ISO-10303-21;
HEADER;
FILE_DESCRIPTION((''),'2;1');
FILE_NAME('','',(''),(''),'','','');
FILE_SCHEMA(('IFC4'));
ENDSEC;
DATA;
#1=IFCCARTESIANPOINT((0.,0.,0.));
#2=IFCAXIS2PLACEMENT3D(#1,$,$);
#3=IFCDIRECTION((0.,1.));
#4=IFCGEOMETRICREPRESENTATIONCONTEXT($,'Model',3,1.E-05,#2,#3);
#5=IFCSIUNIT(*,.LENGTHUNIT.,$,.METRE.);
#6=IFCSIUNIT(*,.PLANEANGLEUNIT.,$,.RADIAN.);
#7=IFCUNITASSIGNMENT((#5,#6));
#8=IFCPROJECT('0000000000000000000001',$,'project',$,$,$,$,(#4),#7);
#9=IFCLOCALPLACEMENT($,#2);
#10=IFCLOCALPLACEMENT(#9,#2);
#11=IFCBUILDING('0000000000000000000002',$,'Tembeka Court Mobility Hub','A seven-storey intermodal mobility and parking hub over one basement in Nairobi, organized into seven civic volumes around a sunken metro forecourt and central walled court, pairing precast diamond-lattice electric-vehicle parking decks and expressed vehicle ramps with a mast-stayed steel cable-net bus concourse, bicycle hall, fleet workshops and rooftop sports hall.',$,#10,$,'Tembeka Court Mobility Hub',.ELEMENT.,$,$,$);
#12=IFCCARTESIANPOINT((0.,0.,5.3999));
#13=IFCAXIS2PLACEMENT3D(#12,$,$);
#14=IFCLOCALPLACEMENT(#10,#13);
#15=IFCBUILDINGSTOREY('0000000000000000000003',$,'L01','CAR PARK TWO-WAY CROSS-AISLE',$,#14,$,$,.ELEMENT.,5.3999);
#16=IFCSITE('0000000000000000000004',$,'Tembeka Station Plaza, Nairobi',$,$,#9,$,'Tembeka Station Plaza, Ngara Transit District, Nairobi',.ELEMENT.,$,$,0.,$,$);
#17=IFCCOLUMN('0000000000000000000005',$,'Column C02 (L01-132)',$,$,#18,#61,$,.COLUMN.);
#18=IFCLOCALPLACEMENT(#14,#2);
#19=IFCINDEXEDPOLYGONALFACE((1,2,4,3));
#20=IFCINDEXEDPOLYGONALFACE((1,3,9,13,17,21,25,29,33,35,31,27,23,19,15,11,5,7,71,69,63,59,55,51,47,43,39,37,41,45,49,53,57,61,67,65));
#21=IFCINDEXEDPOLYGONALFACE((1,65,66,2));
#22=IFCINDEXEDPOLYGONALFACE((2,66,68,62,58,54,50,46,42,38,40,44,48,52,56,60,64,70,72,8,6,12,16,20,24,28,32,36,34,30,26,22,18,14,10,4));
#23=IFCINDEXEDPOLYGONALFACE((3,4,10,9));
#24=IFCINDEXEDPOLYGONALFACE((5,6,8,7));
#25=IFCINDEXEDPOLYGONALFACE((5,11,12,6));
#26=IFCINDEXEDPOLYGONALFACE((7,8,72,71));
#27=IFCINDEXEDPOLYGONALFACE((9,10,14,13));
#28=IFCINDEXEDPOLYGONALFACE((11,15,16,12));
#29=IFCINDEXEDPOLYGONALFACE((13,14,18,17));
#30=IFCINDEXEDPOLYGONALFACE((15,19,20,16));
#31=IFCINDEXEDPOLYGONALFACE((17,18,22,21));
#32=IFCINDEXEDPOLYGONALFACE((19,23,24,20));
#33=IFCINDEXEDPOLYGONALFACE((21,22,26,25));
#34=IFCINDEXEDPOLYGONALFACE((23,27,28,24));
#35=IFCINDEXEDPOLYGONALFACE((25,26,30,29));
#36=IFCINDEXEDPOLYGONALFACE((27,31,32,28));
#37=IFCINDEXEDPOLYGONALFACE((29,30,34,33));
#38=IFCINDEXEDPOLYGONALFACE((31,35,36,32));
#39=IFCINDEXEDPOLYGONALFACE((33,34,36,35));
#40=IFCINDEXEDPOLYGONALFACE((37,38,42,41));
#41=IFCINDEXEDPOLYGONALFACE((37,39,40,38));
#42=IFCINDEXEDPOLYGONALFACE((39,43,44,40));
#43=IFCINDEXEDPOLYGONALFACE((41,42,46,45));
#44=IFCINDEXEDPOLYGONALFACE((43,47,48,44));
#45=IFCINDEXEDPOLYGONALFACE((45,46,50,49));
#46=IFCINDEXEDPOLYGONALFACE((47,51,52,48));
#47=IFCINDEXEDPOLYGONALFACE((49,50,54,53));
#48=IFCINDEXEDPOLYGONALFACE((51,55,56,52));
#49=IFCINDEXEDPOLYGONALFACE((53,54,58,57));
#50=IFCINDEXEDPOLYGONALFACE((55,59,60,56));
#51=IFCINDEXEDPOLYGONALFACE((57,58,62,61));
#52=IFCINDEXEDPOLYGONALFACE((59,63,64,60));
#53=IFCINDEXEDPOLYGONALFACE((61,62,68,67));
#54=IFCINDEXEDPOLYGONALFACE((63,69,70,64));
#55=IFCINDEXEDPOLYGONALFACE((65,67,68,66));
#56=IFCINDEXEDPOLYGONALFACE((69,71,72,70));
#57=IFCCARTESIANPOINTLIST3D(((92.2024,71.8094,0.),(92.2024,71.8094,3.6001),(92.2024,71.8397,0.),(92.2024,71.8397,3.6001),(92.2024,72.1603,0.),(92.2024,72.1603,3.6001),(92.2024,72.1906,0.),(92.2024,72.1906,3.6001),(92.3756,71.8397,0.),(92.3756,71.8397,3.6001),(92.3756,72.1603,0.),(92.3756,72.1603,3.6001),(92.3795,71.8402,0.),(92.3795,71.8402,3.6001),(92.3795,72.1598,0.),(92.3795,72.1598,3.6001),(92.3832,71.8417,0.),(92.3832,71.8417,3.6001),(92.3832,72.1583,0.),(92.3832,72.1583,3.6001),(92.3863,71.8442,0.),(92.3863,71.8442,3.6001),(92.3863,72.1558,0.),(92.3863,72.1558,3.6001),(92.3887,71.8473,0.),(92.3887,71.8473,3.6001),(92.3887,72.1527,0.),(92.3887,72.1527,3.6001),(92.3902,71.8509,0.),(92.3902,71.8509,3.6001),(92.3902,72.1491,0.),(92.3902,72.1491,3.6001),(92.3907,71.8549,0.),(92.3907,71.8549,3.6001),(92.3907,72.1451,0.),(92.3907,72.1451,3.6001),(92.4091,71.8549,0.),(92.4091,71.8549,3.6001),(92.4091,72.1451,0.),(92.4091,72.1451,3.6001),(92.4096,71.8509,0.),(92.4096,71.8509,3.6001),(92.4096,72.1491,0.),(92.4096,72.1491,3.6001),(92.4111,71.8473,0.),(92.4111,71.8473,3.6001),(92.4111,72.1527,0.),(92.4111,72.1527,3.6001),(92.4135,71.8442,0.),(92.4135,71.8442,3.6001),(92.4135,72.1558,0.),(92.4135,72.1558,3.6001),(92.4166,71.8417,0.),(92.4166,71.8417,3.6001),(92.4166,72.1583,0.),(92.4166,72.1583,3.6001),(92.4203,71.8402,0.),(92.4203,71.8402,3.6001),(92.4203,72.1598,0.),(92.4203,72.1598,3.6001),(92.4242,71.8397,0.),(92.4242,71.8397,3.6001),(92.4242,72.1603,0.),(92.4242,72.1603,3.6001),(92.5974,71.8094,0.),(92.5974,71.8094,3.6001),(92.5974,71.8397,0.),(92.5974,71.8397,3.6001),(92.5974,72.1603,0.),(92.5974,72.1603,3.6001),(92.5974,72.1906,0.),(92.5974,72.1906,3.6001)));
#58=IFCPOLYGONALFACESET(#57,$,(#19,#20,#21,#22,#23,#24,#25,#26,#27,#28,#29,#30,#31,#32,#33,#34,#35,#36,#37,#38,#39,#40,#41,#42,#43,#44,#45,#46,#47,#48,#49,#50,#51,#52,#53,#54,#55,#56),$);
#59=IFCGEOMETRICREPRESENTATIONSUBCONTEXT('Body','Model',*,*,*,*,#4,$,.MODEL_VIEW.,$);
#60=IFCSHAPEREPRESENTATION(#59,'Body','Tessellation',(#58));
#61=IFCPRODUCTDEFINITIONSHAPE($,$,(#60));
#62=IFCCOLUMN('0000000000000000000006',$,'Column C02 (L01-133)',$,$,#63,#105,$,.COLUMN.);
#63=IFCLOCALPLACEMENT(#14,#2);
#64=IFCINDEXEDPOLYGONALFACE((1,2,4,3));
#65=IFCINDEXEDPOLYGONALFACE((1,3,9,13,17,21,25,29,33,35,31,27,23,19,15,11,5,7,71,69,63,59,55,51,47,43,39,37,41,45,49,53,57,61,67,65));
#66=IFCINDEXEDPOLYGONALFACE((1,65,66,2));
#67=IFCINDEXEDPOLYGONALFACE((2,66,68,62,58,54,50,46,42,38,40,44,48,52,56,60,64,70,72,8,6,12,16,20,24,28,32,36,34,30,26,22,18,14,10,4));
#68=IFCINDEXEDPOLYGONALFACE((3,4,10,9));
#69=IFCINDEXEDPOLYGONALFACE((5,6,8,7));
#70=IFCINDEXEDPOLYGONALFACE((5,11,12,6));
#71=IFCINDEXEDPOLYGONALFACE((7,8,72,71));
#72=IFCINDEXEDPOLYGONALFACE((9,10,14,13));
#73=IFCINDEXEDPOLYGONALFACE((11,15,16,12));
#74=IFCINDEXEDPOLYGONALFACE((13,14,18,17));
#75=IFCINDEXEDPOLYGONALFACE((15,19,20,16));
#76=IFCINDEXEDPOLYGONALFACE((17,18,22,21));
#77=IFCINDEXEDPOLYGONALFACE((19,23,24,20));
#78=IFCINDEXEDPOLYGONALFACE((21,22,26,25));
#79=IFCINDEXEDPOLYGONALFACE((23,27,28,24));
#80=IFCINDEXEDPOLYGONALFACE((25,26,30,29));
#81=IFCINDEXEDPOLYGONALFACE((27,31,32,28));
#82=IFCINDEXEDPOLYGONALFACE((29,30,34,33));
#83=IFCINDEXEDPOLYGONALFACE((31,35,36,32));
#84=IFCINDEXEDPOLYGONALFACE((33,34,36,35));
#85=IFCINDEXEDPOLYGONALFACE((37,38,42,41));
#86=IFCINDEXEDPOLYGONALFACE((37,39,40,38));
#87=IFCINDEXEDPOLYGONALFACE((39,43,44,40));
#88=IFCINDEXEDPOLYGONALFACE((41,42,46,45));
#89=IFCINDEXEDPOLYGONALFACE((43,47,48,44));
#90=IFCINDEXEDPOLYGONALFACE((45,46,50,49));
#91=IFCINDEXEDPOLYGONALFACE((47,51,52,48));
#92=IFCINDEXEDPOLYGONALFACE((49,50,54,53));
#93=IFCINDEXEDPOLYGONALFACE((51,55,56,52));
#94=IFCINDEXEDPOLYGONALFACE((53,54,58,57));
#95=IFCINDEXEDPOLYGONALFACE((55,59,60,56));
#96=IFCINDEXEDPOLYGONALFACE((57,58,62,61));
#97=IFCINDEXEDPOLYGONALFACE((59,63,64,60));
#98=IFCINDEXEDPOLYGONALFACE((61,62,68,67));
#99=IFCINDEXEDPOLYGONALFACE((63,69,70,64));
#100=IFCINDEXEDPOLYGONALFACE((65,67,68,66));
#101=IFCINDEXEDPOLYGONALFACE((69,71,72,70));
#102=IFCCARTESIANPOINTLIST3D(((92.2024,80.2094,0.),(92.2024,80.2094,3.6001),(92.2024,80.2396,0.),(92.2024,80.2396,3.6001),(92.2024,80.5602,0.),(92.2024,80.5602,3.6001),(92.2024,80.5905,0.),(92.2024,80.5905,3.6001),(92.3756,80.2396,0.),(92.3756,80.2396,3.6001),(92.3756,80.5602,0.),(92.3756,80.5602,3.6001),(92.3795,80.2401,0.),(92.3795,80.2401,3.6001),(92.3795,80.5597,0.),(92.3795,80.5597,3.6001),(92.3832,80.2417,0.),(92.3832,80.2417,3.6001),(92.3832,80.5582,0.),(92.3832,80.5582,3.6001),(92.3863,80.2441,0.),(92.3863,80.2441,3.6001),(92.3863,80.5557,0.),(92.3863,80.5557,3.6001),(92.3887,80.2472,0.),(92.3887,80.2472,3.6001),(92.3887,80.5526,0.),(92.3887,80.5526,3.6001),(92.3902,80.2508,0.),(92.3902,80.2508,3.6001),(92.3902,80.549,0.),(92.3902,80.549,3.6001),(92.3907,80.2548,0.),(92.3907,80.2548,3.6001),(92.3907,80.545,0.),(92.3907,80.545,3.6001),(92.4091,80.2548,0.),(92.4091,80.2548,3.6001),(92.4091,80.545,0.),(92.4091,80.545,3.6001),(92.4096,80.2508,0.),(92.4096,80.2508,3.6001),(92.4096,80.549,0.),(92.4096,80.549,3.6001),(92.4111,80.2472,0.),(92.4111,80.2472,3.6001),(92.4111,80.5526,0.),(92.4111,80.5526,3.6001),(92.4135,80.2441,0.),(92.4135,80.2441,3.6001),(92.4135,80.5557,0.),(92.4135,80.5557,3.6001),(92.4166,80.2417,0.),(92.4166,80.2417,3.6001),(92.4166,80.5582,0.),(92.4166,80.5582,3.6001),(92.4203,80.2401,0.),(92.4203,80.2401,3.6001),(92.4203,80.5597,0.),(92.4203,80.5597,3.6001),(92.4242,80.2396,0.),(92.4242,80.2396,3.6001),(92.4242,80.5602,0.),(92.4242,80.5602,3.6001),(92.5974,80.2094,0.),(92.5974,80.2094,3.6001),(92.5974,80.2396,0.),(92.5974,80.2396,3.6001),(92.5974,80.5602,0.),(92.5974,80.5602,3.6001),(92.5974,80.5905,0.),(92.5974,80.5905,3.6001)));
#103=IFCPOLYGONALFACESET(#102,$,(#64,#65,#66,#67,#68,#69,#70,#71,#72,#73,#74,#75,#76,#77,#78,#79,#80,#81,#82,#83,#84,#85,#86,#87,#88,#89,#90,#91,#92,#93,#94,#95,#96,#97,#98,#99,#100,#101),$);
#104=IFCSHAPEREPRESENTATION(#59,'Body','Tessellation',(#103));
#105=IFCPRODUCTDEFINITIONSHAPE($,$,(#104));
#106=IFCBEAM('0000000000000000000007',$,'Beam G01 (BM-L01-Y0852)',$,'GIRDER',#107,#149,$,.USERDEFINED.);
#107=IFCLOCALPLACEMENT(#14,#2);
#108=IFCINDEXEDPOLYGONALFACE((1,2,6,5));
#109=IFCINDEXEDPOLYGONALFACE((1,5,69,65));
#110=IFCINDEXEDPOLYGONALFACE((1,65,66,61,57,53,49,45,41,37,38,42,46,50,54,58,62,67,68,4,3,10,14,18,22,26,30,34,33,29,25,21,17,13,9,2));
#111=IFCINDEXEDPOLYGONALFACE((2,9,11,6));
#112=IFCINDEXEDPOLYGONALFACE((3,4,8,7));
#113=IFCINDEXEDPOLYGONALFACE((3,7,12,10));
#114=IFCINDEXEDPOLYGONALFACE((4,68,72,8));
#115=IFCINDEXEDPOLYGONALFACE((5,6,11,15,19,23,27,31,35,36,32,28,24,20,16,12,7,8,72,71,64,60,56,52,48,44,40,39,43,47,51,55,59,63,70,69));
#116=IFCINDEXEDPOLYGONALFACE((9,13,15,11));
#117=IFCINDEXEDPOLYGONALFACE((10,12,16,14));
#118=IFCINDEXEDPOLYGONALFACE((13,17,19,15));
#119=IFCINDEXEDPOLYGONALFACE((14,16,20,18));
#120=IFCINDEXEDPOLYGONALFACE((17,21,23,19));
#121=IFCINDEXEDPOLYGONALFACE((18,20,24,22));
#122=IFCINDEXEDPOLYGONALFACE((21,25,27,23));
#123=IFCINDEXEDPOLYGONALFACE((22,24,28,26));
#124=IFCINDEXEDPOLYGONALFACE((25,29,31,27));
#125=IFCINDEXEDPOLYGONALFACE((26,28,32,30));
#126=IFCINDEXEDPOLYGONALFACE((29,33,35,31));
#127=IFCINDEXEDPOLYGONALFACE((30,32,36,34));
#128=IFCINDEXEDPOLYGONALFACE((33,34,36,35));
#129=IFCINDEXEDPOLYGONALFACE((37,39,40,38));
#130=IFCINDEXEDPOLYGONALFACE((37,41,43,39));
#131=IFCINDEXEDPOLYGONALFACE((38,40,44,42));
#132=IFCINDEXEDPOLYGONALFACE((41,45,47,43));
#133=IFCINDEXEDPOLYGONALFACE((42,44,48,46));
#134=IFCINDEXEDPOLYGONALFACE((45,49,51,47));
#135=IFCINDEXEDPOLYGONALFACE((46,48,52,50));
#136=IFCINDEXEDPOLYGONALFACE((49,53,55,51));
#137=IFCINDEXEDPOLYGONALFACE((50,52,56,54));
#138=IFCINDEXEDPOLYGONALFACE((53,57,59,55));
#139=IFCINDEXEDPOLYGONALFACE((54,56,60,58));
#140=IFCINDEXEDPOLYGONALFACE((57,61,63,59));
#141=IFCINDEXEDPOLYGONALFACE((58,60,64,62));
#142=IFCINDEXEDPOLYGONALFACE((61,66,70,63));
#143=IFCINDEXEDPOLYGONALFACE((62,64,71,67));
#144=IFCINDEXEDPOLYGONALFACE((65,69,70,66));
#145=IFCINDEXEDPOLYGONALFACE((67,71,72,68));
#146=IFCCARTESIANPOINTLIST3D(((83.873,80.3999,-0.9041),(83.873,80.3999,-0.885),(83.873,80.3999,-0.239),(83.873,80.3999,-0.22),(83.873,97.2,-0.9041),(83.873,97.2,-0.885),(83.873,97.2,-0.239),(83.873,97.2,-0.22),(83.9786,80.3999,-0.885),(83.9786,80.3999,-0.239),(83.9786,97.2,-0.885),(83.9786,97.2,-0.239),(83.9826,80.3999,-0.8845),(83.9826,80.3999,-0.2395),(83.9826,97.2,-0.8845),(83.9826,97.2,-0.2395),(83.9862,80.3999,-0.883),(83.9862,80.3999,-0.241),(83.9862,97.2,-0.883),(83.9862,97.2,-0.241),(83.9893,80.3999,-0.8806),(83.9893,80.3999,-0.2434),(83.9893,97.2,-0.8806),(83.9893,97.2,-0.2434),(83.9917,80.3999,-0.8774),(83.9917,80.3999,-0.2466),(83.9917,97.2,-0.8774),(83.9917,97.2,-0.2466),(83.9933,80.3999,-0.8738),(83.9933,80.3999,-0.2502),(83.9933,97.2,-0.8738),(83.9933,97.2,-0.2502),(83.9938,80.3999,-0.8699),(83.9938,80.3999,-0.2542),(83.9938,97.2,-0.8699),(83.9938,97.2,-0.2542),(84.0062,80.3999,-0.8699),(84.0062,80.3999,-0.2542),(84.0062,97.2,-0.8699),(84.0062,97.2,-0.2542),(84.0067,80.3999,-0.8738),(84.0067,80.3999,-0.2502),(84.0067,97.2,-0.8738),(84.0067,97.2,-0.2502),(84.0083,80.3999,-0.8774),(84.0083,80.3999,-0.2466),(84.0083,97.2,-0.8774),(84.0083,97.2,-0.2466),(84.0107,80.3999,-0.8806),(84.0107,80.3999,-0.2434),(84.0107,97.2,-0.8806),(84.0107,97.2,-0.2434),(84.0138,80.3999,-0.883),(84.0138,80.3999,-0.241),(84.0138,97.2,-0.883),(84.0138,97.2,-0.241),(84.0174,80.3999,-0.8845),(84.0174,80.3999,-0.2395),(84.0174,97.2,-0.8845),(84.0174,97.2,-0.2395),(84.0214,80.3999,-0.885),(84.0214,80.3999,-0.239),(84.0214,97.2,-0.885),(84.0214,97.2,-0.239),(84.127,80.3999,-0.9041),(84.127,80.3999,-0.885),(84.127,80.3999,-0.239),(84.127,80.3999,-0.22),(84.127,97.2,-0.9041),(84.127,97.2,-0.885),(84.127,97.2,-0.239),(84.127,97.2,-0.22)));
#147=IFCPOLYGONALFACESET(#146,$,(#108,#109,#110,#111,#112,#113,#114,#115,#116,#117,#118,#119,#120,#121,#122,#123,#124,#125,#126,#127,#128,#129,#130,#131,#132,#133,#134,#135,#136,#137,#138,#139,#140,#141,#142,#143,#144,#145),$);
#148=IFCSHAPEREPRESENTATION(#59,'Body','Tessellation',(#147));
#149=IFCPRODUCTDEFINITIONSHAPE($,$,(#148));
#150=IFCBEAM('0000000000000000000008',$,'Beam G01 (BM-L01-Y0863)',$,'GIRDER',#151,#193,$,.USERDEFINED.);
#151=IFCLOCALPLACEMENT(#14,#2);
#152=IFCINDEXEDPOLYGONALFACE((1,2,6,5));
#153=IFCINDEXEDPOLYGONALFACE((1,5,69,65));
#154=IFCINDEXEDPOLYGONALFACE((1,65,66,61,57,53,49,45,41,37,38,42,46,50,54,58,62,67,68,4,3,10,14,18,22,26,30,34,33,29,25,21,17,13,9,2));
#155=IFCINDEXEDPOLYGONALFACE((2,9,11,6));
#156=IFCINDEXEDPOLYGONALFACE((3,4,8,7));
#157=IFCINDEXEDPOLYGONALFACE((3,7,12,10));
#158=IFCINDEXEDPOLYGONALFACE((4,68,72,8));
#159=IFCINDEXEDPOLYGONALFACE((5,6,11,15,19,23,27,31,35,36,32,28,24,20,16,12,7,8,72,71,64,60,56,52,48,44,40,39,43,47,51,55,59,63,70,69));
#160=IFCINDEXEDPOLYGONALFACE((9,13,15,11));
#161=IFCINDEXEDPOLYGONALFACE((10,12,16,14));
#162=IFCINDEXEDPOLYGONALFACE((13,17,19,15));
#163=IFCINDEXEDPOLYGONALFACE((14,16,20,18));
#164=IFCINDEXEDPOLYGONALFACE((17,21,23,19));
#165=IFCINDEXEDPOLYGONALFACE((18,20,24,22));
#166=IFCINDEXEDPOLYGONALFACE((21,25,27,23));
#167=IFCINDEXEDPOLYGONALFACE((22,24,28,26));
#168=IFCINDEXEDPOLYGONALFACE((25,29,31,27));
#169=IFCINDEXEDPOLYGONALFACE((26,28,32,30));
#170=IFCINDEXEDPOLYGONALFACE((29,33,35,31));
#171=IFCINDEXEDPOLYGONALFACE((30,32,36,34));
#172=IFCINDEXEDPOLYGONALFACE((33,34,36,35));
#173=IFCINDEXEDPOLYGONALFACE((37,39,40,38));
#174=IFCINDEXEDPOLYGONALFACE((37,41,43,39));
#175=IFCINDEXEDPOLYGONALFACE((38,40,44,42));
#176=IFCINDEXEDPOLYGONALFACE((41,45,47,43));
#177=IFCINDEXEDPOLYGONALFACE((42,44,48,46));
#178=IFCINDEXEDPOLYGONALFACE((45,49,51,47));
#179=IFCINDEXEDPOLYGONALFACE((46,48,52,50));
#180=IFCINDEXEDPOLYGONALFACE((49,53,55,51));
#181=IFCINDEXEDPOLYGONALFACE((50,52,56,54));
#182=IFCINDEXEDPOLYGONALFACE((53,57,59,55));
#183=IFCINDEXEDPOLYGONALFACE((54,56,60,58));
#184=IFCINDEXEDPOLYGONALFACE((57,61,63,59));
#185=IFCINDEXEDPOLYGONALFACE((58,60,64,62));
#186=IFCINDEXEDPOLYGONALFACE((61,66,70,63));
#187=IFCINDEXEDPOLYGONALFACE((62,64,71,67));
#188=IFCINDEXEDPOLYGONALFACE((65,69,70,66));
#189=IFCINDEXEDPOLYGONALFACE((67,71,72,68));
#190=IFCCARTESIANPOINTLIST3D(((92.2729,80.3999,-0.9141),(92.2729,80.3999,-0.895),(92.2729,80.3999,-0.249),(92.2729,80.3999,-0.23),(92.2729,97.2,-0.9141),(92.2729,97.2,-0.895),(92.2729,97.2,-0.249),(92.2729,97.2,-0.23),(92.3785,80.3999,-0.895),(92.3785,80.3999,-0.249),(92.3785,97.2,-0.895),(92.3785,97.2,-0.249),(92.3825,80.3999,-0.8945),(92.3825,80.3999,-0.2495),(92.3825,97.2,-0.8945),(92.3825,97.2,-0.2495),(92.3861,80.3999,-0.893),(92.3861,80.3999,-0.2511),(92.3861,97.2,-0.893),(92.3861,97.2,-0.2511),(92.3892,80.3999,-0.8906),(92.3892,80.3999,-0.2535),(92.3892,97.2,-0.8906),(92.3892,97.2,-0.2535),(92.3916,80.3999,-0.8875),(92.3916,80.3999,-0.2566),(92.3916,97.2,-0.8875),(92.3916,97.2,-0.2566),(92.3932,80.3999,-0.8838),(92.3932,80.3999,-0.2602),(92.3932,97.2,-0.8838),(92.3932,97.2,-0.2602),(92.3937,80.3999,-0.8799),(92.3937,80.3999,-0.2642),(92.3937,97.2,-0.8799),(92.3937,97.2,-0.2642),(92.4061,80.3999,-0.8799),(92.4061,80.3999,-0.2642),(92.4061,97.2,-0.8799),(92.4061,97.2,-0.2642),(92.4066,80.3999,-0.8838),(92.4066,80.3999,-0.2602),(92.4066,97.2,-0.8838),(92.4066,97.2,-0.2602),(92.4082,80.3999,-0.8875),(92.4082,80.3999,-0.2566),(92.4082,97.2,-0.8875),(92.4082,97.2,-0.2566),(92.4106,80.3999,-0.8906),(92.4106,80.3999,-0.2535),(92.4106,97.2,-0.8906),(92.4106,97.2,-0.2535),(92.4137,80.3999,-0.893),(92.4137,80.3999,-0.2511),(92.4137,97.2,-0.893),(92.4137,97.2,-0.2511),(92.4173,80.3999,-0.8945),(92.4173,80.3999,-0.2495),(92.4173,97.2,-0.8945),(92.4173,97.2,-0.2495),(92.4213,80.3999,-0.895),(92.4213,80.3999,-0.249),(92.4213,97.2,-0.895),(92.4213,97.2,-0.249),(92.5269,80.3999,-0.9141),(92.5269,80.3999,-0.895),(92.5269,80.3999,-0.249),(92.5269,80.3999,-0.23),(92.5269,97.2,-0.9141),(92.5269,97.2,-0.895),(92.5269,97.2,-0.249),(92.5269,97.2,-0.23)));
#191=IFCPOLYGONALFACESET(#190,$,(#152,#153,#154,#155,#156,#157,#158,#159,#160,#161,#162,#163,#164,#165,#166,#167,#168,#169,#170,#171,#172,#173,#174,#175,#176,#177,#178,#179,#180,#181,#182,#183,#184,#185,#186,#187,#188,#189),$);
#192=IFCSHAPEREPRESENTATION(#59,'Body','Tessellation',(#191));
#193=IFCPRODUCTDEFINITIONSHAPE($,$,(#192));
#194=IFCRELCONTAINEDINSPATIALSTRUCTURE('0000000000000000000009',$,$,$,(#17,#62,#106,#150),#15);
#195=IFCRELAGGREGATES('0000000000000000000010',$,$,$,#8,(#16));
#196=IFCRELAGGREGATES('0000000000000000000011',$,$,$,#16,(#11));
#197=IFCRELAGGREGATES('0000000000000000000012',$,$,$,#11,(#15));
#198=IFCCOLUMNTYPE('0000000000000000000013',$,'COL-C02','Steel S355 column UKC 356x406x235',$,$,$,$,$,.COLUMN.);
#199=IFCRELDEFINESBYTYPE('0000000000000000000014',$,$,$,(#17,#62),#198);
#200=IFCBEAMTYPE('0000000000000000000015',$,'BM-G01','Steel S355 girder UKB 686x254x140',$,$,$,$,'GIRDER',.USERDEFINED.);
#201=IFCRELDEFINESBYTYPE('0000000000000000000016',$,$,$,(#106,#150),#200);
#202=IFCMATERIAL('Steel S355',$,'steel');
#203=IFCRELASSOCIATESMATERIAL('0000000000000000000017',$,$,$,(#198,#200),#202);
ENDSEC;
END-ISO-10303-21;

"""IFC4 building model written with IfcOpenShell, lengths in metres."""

from ifc_helpers import new_model, si_unit, direction, frame, origin, origin_2d, place, context, subcontext, project, spatial, i_section, extrude, material, material_profile, profile_set, type_object, element, save


model = new_model("IFC4")

# Units and contexts
model_context = context("Model", 3, precision=1e-05, world=origin(), true_north=direction((0.0, 1.0)))
body_context = subcontext(model_context, "Body", "Model", "MODEL_VIEW")
ifc_project = project(units=[si_unit("LENGTHUNIT", "METRE"), si_unit("PLANEANGLEUNIT", "RADIAN")], contexts=[model_context])

# Site, building, storey
site_placement = place(None, origin())
site = spatial("IfcSite", under=ifc_project, at=site_placement, Name="Tembeka Station Plaza, Nairobi", LongName="Tembeka Station Plaza, Ngara Transit District, Nairobi", CompositionType="ELEMENT", RefElevation=0.0)
building_placement = place(site_placement, origin())
building = spatial("IfcBuilding", under=site, at=building_placement, Name="Tembeka Court Mobility Hub", Description="A seven-storey intermodal mobility and parking hub over one basement in Nairobi, organized into seven civic volumes around a sunken metro forecourt and central walled court, pairing precast diamond-lattice electric-vehicle parking decks and expressed vehicle ramps with a mast-stayed steel cable-net bus concourse, bicycle hall, fleet workshops and rooftop sports hall.", LongName="Tembeka Court Mobility Hub", CompositionType="ELEMENT")
storey_placement = place(building_placement, frame((0.0, 0.0, 5.3999)))
storey = spatial("IfcBuildingStorey", under=building, at=storey_placement, Name="L01", Description="CAR PARK TWO-WAY CROSS-AISLE", CompositionType="ELEMENT", Elevation=5.3999)

# Columns
ifc_material_1 = material(Name="Steel S355", Category="steel")
ifc_material_profile_1 = material_profile(ifc_material_1, i_section(OverallWidth=0.395, OverallDepth=0.3811, WebThickness=0.0183, FlangeThickness=0.0303, FilletRadius=0.0151, at=origin_2d()), Name="UKC 356x406x235")
ifc_profile_set_1 = profile_set([ifc_material_profile_1], Name="Steel S355")
column_type = type_object("IfcColumnType", Name="COL-C02", Description="Steel S355 column UKC 356x406x235", PredefinedType="COLUMN", material=ifc_profile_set_1)
for number, where, z_axis, x_axis, name in (
    (1, (92.3999, 72.0, 0.0), (0.0, 0.0, 1.0), (1.0, 0.0, 0.0), "Column C02 (L01-132)"),
    (2, (92.3999, 80.3999, 0.0), (0.0, 0.0, 1.0), (1.0, 0.0, 0.0), "Column C02 (L01-133)"),
):
    element("IfcColumn", number, at=place(storey_placement, frame(where, z_axis=z_axis, x_axis=x_axis)), inside=storey, type_object=column_type, Name=name, PredefinedType="COLUMN", context=body_context, shape_type="SweptSolid", body=[
        extrude(i_section(OverallWidth=0.395, OverallDepth=0.3811, WebThickness=0.0183, FlangeThickness=0.0303, FilletRadius=0.0151, at=origin_2d()), origin(), (0.0, 0.0, 1.0), 3.6001),
    ])

# Beams
ifc_material_profile_2 = material_profile(ifc_material_1, i_section(OverallWidth=0.2539, OverallDepth=0.6841, WebThickness=0.0125, FlangeThickness=0.019, FilletRadius=0.0151, at=origin_2d()), Name="UKB 686x254x140")
ifc_profile_set_2 = profile_set([ifc_material_profile_2], Name="Steel S355")
beam_type_1 = type_object("IfcBeamType", Name="BM-G01", Description="Steel S355 girder UKB 686x254x140", ElementType="GIRDER", PredefinedType="USERDEFINED", material=ifc_profile_set_2)
for number, where, z_axis, x_axis, name in (
    (3, (84.0, 80.3999, -0.562), (0.0, 1.0, 0.0), (-1.0, 0.0, 0.0), "Beam G01 (BM-L01-Y0852)"),
    (4, (92.3999, 80.3999, -0.572), (0.0, 1.0, 0.0), (-1.0, 0.0, 0.0), "Beam G01 (BM-L01-Y0863)"),
):
    element("IfcBeam", number, at=place(storey_placement, frame(where, z_axis=z_axis, x_axis=x_axis)), inside=storey, type_object=beam_type_1, Name=name, ObjectType="GIRDER", PredefinedType="USERDEFINED", context=body_context, shape_type="SweptSolid", body=[
        extrude(i_section(OverallWidth=0.2539, OverallDepth=0.6841, WebThickness=0.0125, FlangeThickness=0.019, FilletRadius=0.0151, at=origin_2d()), origin(), (0.0, 0.0, 1.0), 16.8),
    ])

save(model, "model.ifc")
